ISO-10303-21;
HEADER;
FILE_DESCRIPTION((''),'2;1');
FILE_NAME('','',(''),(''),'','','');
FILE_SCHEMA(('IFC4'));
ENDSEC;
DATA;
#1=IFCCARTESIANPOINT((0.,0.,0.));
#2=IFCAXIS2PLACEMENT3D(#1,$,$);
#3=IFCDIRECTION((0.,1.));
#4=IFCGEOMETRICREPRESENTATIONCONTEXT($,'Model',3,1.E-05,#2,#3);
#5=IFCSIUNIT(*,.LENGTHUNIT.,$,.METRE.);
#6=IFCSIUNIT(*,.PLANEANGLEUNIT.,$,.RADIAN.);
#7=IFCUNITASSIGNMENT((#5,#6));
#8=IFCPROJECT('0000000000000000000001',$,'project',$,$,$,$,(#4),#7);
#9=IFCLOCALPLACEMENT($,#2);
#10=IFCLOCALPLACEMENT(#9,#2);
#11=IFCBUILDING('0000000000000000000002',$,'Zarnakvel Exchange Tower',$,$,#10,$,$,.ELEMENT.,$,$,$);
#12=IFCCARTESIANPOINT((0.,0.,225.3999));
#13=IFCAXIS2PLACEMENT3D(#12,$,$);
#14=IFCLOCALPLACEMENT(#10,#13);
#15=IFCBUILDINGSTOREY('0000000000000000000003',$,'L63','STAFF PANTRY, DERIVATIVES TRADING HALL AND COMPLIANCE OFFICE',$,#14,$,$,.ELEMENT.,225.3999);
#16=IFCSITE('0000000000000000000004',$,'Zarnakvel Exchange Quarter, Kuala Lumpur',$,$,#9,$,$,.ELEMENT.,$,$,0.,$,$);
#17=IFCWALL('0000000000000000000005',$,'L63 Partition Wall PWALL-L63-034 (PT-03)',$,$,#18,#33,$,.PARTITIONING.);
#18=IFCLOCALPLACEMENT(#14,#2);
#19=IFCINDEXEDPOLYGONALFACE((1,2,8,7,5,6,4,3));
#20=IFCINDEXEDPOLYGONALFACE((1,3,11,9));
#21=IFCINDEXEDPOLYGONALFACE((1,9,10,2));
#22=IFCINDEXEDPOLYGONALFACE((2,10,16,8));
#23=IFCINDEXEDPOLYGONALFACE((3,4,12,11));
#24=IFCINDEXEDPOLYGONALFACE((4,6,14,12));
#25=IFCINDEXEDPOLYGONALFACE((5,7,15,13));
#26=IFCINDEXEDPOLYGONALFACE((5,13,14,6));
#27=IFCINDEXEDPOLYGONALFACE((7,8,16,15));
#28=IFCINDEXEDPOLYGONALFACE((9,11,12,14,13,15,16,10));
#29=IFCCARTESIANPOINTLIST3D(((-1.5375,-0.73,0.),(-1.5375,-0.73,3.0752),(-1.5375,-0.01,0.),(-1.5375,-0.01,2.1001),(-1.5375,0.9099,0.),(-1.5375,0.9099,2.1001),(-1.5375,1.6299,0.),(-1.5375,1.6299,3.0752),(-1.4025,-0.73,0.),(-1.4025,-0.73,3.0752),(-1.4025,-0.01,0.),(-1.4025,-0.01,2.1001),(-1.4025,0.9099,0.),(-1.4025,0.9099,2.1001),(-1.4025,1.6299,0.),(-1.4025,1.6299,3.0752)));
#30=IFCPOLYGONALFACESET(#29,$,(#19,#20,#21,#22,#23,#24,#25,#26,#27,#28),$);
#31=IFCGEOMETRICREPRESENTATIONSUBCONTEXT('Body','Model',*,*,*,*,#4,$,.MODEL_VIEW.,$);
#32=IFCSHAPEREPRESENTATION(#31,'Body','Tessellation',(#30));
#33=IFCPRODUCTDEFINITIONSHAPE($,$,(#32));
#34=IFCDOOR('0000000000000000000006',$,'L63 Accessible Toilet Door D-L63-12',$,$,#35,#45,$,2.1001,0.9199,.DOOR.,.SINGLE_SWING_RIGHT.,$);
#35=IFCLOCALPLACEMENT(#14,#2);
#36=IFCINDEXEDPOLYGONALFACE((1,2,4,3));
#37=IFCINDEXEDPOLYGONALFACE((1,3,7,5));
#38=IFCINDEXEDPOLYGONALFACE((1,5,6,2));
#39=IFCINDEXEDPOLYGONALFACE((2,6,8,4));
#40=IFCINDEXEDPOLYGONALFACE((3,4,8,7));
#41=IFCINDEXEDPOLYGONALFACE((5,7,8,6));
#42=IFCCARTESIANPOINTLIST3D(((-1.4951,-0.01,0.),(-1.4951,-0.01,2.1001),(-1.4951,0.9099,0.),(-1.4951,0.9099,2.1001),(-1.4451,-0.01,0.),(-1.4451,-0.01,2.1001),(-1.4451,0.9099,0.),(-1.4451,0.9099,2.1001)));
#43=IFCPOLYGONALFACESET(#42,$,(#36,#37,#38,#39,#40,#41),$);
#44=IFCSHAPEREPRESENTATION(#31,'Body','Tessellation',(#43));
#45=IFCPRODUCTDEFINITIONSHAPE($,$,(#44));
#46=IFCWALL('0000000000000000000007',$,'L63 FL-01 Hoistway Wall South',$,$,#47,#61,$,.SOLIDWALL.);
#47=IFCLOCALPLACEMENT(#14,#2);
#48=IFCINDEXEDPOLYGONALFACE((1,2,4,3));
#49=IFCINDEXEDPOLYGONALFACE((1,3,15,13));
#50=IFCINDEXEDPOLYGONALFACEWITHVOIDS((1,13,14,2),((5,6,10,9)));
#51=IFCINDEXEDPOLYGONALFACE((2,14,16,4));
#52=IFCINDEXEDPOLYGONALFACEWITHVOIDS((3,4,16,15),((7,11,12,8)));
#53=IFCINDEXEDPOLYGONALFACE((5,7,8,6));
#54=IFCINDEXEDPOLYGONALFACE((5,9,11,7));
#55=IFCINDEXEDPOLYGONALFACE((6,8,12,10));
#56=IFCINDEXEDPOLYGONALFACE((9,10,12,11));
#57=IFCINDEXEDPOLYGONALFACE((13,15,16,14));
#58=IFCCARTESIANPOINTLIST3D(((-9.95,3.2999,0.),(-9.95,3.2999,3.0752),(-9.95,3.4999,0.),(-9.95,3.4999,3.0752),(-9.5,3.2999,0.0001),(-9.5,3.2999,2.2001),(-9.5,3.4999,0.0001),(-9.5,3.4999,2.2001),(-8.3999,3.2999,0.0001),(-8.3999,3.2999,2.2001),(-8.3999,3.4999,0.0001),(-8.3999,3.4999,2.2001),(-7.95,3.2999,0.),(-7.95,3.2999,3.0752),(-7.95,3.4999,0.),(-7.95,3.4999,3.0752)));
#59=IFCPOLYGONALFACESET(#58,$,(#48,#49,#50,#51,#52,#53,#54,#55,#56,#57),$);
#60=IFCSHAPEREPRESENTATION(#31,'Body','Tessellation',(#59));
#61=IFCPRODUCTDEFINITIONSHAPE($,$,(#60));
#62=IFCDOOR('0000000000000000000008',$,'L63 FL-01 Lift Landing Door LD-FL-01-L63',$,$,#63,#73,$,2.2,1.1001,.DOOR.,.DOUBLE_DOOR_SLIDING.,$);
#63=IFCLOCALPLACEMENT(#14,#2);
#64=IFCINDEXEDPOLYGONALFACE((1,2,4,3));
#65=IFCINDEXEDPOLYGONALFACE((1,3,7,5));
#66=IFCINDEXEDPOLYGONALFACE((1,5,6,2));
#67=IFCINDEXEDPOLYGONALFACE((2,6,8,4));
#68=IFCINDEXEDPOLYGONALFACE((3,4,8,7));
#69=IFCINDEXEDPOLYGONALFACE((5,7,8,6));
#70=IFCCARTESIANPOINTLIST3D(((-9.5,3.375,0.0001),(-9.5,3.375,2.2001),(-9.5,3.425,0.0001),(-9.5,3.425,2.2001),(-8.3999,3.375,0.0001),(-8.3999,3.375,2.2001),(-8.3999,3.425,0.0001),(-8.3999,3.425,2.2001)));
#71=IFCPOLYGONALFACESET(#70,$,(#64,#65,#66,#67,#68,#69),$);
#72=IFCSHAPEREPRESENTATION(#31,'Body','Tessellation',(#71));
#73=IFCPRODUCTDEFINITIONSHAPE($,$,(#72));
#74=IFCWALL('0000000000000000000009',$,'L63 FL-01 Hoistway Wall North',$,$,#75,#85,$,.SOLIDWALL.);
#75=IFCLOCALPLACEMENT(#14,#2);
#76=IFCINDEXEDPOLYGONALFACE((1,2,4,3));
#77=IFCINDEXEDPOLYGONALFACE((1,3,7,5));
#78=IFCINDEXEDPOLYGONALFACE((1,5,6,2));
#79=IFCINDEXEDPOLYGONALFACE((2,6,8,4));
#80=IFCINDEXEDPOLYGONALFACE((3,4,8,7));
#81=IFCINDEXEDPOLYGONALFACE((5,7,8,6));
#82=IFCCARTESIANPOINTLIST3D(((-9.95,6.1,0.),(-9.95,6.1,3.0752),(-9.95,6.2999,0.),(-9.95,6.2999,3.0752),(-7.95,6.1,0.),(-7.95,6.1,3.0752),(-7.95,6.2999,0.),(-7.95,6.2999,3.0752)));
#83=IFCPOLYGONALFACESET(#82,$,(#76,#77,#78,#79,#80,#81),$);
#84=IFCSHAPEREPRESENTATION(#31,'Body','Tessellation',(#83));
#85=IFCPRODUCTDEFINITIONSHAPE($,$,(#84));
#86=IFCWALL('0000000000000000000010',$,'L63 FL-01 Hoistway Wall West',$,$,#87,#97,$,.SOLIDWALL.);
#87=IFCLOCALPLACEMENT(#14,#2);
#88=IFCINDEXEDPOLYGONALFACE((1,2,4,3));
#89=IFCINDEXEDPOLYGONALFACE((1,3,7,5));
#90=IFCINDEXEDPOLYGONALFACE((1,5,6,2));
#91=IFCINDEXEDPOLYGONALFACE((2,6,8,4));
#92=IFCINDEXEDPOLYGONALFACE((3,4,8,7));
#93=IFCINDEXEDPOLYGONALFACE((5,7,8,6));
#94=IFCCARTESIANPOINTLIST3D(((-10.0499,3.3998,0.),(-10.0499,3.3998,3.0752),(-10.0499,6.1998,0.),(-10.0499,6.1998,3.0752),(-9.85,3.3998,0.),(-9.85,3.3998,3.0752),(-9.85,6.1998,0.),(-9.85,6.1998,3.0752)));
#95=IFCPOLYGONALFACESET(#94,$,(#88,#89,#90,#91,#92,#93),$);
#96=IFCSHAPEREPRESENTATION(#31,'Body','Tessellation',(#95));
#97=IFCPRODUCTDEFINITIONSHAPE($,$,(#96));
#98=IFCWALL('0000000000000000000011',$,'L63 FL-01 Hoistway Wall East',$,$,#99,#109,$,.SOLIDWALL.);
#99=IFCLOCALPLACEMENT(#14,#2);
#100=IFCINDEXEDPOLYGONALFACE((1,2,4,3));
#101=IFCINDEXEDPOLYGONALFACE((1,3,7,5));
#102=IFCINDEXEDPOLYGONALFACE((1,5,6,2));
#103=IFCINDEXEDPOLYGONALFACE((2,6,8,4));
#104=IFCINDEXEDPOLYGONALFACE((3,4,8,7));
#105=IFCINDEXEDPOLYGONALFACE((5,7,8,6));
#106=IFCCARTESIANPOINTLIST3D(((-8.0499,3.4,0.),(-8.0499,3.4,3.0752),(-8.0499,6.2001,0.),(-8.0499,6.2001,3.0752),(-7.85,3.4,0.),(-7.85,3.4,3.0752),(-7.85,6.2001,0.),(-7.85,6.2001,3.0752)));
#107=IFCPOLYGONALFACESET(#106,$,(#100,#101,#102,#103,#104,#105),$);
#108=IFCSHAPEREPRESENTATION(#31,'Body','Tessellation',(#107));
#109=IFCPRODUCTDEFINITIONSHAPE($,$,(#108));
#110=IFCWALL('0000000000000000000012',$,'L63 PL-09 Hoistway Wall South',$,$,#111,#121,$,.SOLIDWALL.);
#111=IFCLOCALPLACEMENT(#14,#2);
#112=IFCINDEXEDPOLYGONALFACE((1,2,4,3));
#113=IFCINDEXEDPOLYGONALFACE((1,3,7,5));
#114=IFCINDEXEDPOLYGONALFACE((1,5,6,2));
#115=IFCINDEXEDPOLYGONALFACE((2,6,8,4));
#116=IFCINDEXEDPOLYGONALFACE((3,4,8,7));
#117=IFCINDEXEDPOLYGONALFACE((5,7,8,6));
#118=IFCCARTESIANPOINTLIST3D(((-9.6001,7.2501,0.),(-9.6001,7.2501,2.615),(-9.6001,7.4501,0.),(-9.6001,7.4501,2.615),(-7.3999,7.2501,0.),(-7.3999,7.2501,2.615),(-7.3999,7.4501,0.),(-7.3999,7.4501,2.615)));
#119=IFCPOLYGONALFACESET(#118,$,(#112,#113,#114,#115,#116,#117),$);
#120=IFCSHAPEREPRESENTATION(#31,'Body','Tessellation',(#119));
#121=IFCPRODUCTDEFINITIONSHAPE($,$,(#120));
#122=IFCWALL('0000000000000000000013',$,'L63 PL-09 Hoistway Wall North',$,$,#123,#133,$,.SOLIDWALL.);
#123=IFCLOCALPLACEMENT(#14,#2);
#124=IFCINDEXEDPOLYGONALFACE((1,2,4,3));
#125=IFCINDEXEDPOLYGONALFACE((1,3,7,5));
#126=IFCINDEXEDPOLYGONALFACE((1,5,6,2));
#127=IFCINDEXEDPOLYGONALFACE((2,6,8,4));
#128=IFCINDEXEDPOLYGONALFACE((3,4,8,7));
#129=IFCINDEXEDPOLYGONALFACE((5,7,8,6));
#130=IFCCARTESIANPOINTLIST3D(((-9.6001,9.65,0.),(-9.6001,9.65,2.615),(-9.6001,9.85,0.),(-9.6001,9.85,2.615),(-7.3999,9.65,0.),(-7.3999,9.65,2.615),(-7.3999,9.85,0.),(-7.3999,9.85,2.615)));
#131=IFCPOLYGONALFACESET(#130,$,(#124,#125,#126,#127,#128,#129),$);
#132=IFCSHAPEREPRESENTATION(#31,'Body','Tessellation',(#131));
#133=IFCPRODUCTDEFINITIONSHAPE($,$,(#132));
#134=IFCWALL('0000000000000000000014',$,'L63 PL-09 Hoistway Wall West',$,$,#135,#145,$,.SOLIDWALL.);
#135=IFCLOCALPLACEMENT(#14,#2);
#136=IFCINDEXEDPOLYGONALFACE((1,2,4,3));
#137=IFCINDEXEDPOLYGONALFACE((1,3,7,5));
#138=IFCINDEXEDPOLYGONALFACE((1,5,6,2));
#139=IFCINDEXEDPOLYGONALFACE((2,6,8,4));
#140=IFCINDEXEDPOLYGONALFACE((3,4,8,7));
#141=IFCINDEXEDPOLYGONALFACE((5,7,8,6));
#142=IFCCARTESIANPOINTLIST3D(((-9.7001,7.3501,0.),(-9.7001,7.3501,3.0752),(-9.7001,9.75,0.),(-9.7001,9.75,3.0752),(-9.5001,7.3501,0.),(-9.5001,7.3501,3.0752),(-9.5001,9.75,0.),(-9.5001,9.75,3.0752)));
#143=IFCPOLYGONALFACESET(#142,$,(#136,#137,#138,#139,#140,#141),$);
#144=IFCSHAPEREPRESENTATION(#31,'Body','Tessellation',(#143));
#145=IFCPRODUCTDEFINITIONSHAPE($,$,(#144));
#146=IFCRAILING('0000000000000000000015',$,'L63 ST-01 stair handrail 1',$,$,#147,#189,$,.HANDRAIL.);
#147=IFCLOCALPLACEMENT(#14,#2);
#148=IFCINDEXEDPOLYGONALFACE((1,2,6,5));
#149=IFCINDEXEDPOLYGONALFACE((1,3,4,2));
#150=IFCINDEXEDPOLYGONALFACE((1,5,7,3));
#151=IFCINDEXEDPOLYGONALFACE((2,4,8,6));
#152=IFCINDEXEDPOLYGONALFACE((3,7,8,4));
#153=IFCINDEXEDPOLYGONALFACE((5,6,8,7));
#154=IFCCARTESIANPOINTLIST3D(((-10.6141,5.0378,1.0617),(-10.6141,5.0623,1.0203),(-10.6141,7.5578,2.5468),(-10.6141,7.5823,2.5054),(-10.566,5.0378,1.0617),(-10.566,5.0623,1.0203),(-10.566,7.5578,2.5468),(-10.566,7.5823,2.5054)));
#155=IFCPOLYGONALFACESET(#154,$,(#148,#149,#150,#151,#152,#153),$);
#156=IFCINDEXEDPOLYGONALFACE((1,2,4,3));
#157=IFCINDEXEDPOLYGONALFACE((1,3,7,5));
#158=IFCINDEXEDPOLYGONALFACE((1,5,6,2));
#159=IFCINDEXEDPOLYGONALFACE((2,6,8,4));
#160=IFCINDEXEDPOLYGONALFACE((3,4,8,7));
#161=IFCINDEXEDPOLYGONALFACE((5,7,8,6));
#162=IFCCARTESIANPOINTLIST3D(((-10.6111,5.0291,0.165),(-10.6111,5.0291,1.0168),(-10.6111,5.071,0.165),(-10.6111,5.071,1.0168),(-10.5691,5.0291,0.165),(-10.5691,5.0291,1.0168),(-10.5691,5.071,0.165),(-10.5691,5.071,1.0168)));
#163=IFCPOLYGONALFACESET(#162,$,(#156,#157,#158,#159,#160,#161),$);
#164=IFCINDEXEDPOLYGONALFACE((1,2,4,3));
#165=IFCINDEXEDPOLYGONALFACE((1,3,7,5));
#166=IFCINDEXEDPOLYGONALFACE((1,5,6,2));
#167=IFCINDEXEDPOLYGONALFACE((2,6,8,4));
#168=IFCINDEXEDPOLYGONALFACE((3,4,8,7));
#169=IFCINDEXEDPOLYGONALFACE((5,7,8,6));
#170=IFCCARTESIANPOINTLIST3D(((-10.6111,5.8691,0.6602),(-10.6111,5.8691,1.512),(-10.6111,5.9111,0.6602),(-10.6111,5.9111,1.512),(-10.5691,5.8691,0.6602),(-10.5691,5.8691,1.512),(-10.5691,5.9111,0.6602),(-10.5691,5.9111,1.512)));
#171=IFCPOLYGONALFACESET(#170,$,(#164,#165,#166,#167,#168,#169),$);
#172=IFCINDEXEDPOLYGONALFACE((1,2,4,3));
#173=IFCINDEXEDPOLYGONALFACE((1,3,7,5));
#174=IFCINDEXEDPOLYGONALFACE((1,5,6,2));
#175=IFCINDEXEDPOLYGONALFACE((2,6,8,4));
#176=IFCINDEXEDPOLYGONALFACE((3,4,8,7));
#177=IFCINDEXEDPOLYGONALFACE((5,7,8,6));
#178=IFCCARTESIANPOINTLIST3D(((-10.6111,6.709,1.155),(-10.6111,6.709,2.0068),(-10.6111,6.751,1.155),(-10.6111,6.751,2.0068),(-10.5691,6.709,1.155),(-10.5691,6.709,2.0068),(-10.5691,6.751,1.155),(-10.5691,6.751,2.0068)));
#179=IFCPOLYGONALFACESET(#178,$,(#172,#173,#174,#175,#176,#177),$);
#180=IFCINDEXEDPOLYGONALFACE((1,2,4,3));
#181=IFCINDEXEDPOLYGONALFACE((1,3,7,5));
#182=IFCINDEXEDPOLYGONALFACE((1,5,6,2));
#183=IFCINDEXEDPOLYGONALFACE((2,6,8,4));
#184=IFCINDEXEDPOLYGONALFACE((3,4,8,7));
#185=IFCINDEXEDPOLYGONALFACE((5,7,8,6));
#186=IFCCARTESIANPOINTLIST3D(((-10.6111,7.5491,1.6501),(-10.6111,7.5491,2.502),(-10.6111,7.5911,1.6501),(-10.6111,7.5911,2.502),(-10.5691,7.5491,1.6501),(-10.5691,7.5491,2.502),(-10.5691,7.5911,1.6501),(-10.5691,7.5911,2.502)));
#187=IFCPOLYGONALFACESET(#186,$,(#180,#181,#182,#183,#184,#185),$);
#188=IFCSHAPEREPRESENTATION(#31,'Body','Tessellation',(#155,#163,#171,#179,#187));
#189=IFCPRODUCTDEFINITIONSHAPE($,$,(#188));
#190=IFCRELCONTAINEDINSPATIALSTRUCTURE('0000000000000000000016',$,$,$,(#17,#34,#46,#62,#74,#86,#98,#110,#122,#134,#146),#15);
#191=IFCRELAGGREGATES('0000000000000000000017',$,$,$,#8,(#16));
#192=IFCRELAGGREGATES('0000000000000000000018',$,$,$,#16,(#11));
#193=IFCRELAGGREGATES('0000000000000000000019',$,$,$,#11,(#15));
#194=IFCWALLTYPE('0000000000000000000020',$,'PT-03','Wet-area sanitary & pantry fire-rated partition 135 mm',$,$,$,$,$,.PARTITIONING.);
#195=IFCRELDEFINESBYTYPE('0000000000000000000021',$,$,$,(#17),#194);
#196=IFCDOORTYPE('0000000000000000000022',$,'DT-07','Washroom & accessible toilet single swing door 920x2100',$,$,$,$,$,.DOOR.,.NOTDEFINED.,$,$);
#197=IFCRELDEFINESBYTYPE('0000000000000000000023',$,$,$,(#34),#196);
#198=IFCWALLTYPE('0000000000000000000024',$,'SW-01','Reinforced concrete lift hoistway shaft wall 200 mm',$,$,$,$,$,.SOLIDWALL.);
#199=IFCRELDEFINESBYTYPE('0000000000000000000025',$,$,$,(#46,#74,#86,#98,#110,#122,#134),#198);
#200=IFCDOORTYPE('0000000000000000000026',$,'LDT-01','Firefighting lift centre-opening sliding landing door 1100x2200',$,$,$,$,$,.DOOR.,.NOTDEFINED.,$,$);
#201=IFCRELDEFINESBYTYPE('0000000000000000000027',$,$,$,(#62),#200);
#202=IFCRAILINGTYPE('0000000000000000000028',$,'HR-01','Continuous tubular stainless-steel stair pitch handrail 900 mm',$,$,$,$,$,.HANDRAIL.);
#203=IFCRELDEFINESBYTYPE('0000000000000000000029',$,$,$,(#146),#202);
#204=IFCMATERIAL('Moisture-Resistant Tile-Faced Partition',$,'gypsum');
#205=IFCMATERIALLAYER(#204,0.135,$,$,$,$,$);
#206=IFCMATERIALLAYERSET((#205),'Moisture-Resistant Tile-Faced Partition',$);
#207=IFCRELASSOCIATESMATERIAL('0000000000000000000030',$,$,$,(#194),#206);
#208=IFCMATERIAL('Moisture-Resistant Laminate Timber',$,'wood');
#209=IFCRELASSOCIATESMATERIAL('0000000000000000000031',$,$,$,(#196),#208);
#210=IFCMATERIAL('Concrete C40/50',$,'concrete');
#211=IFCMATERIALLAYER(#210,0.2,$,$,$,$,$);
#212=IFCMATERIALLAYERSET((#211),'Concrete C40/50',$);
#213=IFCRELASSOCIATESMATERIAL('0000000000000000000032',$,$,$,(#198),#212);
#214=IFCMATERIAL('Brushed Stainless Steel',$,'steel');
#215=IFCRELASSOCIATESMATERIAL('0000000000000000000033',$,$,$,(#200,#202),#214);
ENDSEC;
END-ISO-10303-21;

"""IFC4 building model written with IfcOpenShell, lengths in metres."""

from ifc_helpers import new_model, si_unit, direction, frame, frame_2d, origin, origin_2d, place, context, subcontext, project, spatial, rectangle, extrude, source, transform, mapped, material, layer, layer_set, type_object, element, fill, save


model = new_model("IFC4")

# Units and contexts
model_context = context("Model", 3, precision=1e-05, world=origin(), true_north=direction((0.0, 1.0)))
body_context = subcontext(model_context, "Body", "Model", "MODEL_VIEW")
ifc_project = project(units=[si_unit("LENGTHUNIT", "METRE"), si_unit("PLANEANGLEUNIT", "RADIAN")], contexts=[model_context])

# Site, building, storey
site_placement = place(None, origin())
site = spatial("IfcSite", under=ifc_project, at=site_placement, Name="Zarnakvel Exchange Quarter, Kuala Lumpur", CompositionType="ELEMENT", RefElevation=0.0)
building_placement = place(site_placement, origin())
building = spatial("IfcBuilding", under=site, at=building_placement, Name="Zarnakvel Exchange Tower", CompositionType="ELEMENT")
storey_placement = place(building_placement, frame((0.0, 0.0, 225.3999)))
storey = spatial("IfcBuildingStorey", under=building, at=storey_placement, Name="L63", Description="STAFF PANTRY, DERIVATIVES TRADING HALL AND COMPLIANCE OFFICE", CompositionType="ELEMENT", Elevation=225.3999)

# Shared definitions
ifc_material_1 = material(Name="Moisture-Resistant Tile-Faced Partition", Category="gypsum")
ifc_layer_1 = layer(ifc_material_1, 0.135)
ifc_layer_set_1 = layer_set([ifc_layer_1], Name="Moisture-Resistant Tile-Faced Partition")
wall_type_1 = type_object("IfcWallType", Name="PT-03", Description="Wet-area sanitary & pantry fire-rated partition 135 mm", PredefinedType="PARTITIONING", material=ifc_layer_set_1)

# Walls, openings, doors
wall_1_placement = place(storey_placement, frame((-1.47, 1.6299, 0.0), z_axis=(0.0, 0.0, 1.0), x_axis=(0.0, -1.0, 0.0)))
wall_1 = element("IfcWall", 1, at=wall_1_placement, inside=storey, type_object=wall_type_1, Name="L63 Partition Wall PWALL-L63-034 (PT-03)", PredefinedType="PARTITIONING", context=body_context, shape_type="SweptSolid", body=[
    extrude(rectangle(XDim=2.3599, YDim=0.135, at=frame_2d((1.1799, 0.0))), origin(), (0.0, 0.0, 1.0), 3.0752),
])
opening_1_placement = place(wall_1_placement, frame((0.72, 0.0, 0.0)))
opening_1 = element("IfcOpeningElement", 2, at=opening_1_placement, cuts=wall_1, PredefinedType="OPENING", context=body_context, shape_type="SweptSolid", body=[
    extrude(rectangle(XDim=0.9199, YDim=2.1001, at=frame_2d((0.46, 1.05))), frame((0.0, 0.0774, 0.0), z_axis=(0.0, -1.0, 0.0), x_axis=(1.0, 0.0, 0.0)), (0.0, 0.0, 1.0), 0.155),
])
ifc_material_2 = material(Name="Moisture-Resistant Laminate Timber", Category="wood")
door_type_1 = type_object("IfcDoorType", Name="DT-07", Description="Washroom & accessible toilet single swing door 920x2100", OperationType="NOTDEFINED", PredefinedType="DOOR", material=ifc_material_2)
shared_shape_1 = source(origin(), body_context, "Body", "SweptSolid", [
    extrude(rectangle(XDim=0.9199, YDim=2.1001, at=frame_2d((0.46, 1.05))), frame((0.0, 0.0249, 0.0), z_axis=(0.0, -1.0, 0.0), x_axis=(1.0, 0.0, 0.0)), (0.0, 0.0, 1.0), 0.05),
])
door_1_placement = place(opening_1_placement, origin())
door_1 = element("IfcDoor", 3, at=door_1_placement, inside=storey, type_object=door_type_1, Name="L63 Accessible Toilet Door D-L63-12", OperationType="SINGLE_SWING_RIGHT", OverallHeight=2.1001, OverallWidth=0.9199, PredefinedType="DOOR", context=body_context, shape_type="MappedRepresentation", body=[
    mapped(shared_shape_1, transform((0.0, 0.0, 0.0), x_axis=(1.0, 0.0, 0.0), y_axis=(0.0, 1.0, 0.0), z_axis=(0.0, 0.0, 1.0), scale=1.0)),
])
fill(opening_1, door_1)
ifc_material_3 = material(Name="Concrete C40/50", Category="concrete")
ifc_layer_2 = layer(ifc_material_3, 0.2)
ifc_layer_set_2 = layer_set([ifc_layer_2], Name="Concrete C40/50")
wall_type_2 = type_object("IfcWallType", Name="SW-01", Description="Reinforced concrete lift hoistway shaft wall 200 mm", PredefinedType="SOLIDWALL", material=ifc_layer_set_2)
wall_2_placement = place(storey_placement, frame((-7.95, 3.3999, 0.0), z_axis=(0.0, 0.0, 1.0), x_axis=(-1.0, 0.0, 0.0)))
wall_2 = element("IfcWall", 4, at=wall_2_placement, inside=storey, type_object=wall_type_2, Name="L63 FL-01 Hoistway Wall South", PredefinedType="SOLIDWALL", context=body_context, shape_type="SweptSolid", body=[
    extrude(rectangle(XDim=2.0, YDim=0.2, at=frame_2d((1.0, 0.0))), origin(), (0.0, 0.0, 1.0), 3.0752),
])
opening_2_placement = place(wall_2_placement, frame((0.45, 0.0, 0.0)))
opening_2 = element("IfcOpeningElement", 5, at=opening_2_placement, cuts=wall_2, PredefinedType="OPENING", context=body_context, shape_type="SweptSolid", body=[
    extrude(rectangle(XDim=1.1001, YDim=2.2, at=frame_2d((0.55, 1.1001))), frame((0.0, 0.1099, 0.0), z_axis=(0.0, -1.0, 0.0), x_axis=(1.0, 0.0, 0.0)), (0.0, 0.0, 1.0), 0.22),
])
ifc_material_4 = material(Name="Brushed Stainless Steel", Category="steel")
door_type_2 = type_object("IfcDoorType", Name="LDT-01", Description="Firefighting lift centre-opening sliding landing door 1100x2200", OperationType="NOTDEFINED", PredefinedType="DOOR", material=ifc_material_4)
shared_shape_2 = source(origin(), body_context, "Body", "SweptSolid", [
    extrude(rectangle(XDim=1.1001, YDim=2.2, at=frame_2d((0.55, 1.1001))), frame((0.0, 0.0249, 0.0), z_axis=(0.0, -1.0, 0.0), x_axis=(1.0, 0.0, 0.0)), (0.0, 0.0, 1.0), 0.05),
])
door_2_placement = place(opening_2_placement, origin())
door_2 = element("IfcDoor", 6, at=door_2_placement, inside=storey, type_object=door_type_2, Name="L63 FL-01 Lift Landing Door LD-FL-01-L63", OperationType="DOUBLE_DOOR_SLIDING", OverallHeight=2.2, OverallWidth=1.1001, PredefinedType="DOOR", context=body_context, shape_type="MappedRepresentation", body=[
    mapped(shared_shape_2, transform((0.0, 0.0, 0.0), x_axis=(1.0, 0.0, 0.0), y_axis=(0.0, 1.0, 0.0), z_axis=(0.0, 0.0, 1.0), scale=1.0)),
])
fill(opening_2, door_2)

# Walls
wall_3_placement = place(storey_placement, frame((-9.95, 6.2, 0.0), z_axis=(0.0, 0.0, 1.0), x_axis=(1.0, 0.0, 0.0)))
element("IfcWall", 7, at=wall_3_placement, inside=storey, type_object=wall_type_2, Name="L63 FL-01 Hoistway Wall North", PredefinedType="SOLIDWALL", context=body_context, shape_type="SweptSolid", body=[
    extrude(rectangle(XDim=2.0, YDim=0.2, at=frame_2d((1.0, 0.0))), origin(), (0.0, 0.0, 1.0), 3.0752),
])
for number, where, z_axis, x_axis, name in (
    (8, (-9.95, 3.3999, 0.0), (0.0, 0.0, 1.0), (0.0, 1.0, 0.0), "L63 FL-01 Hoistway Wall West"),
    (9, (-7.95, 6.2, 0.0), (0.0, 0.0, 1.0), (0.0, -1.0, 0.0), "L63 FL-01 Hoistway Wall East"),
):
    element("IfcWall", number, at=place(storey_placement, frame(where, z_axis=z_axis, x_axis=x_axis)), inside=storey, type_object=wall_type_2, Name=name, PredefinedType="SOLIDWALL", context=body_context, shape_type="SweptSolid", body=[
        extrude(rectangle(XDim=2.8, YDim=0.2, at=frame_2d((1.3999, 0.0))), origin(), (0.0, 0.0, 1.0), 3.0752),
    ])
for number, where, z_axis, x_axis, name in (
    (10, (-7.3999, 7.3501, 0.0), (0.0, 0.0, 1.0), (-1.0, 0.0, 0.0), "L63 PL-09 Hoistway Wall South"),
    (11, (-9.6001, 9.75, 0.0), (0.0, 0.0, 1.0), (1.0, 0.0, 0.0), "L63 PL-09 Hoistway Wall North"),
):
    element("IfcWall", number, at=place(storey_placement, frame(where, z_axis=z_axis, x_axis=x_axis)), inside=storey, type_object=wall_type_2, Name=name, PredefinedType="SOLIDWALL", context=body_context, shape_type="SweptSolid", body=[
        extrude(rectangle(XDim=2.2002, YDim=0.2, at=frame_2d((1.1001, 0.0))), origin(), (0.0, 0.0, 1.0), 2.615),
    ])
wall_4_placement = place(storey_placement, frame((-9.6001, 7.3501, 0.0), z_axis=(0.0, 0.0, 1.0), x_axis=(0.0, 1.0, 0.0)))
element("IfcWall", 12, at=wall_4_placement, inside=storey, type_object=wall_type_2, Name="L63 PL-09 Hoistway Wall West", PredefinedType="SOLIDWALL", context=body_context, shape_type="SweptSolid", body=[
    extrude(rectangle(XDim=2.3999, YDim=0.2, at=frame_2d((1.2, 0.0))), origin(), (0.0, 0.0, 1.0), 3.0752),
])

# Railing
railing_type = type_object("IfcRailingType", Name="HR-01", Description="Continuous tubular stainless-steel stair pitch handrail 900 mm", PredefinedType="HANDRAIL", material=ifc_material_4)
railing_placement = place(storey_placement, frame((-10.5901, 5.05, 0.165)))
element("IfcRailing", 13, at=railing_placement, inside=storey, type_object=railing_type, Name="L63 ST-01 stair handrail 1", PredefinedType="HANDRAIL", context=body_context, shape_type="SweptSolid", body=[
    extrude(rectangle(XDim=0.0481, YDim=0.0481, at=origin_2d()), frame((0.0, 0.0, 0.876), z_axis=(0.0, 0.861524, 0.507717), x_axis=(-1.0, 0.0, 0.0)), (0.0, 0.0, 1.0), 2.925),
    extrude(rectangle(XDim=0.042, YDim=0.042, at=origin_2d()), origin(), (0.0, 0.0, 1.0), 0.8518),
    extrude(rectangle(XDim=0.042, YDim=0.042, at=origin_2d()), frame((0.0, 0.8401, 0.4951)), (0.0, 0.0, 1.0), 0.8518),
    extrude(rectangle(XDim=0.042, YDim=0.042, at=origin_2d()), frame((0.0, 1.6799, 0.99)), (0.0, 0.0, 1.0), 0.8518),
    extrude(rectangle(XDim=0.042, YDim=0.042, at=origin_2d()), frame((0.0, 2.52, 1.4851)), (0.0, 0.0, 1.0), 0.8518),
])

save(model, "model.ifc")
